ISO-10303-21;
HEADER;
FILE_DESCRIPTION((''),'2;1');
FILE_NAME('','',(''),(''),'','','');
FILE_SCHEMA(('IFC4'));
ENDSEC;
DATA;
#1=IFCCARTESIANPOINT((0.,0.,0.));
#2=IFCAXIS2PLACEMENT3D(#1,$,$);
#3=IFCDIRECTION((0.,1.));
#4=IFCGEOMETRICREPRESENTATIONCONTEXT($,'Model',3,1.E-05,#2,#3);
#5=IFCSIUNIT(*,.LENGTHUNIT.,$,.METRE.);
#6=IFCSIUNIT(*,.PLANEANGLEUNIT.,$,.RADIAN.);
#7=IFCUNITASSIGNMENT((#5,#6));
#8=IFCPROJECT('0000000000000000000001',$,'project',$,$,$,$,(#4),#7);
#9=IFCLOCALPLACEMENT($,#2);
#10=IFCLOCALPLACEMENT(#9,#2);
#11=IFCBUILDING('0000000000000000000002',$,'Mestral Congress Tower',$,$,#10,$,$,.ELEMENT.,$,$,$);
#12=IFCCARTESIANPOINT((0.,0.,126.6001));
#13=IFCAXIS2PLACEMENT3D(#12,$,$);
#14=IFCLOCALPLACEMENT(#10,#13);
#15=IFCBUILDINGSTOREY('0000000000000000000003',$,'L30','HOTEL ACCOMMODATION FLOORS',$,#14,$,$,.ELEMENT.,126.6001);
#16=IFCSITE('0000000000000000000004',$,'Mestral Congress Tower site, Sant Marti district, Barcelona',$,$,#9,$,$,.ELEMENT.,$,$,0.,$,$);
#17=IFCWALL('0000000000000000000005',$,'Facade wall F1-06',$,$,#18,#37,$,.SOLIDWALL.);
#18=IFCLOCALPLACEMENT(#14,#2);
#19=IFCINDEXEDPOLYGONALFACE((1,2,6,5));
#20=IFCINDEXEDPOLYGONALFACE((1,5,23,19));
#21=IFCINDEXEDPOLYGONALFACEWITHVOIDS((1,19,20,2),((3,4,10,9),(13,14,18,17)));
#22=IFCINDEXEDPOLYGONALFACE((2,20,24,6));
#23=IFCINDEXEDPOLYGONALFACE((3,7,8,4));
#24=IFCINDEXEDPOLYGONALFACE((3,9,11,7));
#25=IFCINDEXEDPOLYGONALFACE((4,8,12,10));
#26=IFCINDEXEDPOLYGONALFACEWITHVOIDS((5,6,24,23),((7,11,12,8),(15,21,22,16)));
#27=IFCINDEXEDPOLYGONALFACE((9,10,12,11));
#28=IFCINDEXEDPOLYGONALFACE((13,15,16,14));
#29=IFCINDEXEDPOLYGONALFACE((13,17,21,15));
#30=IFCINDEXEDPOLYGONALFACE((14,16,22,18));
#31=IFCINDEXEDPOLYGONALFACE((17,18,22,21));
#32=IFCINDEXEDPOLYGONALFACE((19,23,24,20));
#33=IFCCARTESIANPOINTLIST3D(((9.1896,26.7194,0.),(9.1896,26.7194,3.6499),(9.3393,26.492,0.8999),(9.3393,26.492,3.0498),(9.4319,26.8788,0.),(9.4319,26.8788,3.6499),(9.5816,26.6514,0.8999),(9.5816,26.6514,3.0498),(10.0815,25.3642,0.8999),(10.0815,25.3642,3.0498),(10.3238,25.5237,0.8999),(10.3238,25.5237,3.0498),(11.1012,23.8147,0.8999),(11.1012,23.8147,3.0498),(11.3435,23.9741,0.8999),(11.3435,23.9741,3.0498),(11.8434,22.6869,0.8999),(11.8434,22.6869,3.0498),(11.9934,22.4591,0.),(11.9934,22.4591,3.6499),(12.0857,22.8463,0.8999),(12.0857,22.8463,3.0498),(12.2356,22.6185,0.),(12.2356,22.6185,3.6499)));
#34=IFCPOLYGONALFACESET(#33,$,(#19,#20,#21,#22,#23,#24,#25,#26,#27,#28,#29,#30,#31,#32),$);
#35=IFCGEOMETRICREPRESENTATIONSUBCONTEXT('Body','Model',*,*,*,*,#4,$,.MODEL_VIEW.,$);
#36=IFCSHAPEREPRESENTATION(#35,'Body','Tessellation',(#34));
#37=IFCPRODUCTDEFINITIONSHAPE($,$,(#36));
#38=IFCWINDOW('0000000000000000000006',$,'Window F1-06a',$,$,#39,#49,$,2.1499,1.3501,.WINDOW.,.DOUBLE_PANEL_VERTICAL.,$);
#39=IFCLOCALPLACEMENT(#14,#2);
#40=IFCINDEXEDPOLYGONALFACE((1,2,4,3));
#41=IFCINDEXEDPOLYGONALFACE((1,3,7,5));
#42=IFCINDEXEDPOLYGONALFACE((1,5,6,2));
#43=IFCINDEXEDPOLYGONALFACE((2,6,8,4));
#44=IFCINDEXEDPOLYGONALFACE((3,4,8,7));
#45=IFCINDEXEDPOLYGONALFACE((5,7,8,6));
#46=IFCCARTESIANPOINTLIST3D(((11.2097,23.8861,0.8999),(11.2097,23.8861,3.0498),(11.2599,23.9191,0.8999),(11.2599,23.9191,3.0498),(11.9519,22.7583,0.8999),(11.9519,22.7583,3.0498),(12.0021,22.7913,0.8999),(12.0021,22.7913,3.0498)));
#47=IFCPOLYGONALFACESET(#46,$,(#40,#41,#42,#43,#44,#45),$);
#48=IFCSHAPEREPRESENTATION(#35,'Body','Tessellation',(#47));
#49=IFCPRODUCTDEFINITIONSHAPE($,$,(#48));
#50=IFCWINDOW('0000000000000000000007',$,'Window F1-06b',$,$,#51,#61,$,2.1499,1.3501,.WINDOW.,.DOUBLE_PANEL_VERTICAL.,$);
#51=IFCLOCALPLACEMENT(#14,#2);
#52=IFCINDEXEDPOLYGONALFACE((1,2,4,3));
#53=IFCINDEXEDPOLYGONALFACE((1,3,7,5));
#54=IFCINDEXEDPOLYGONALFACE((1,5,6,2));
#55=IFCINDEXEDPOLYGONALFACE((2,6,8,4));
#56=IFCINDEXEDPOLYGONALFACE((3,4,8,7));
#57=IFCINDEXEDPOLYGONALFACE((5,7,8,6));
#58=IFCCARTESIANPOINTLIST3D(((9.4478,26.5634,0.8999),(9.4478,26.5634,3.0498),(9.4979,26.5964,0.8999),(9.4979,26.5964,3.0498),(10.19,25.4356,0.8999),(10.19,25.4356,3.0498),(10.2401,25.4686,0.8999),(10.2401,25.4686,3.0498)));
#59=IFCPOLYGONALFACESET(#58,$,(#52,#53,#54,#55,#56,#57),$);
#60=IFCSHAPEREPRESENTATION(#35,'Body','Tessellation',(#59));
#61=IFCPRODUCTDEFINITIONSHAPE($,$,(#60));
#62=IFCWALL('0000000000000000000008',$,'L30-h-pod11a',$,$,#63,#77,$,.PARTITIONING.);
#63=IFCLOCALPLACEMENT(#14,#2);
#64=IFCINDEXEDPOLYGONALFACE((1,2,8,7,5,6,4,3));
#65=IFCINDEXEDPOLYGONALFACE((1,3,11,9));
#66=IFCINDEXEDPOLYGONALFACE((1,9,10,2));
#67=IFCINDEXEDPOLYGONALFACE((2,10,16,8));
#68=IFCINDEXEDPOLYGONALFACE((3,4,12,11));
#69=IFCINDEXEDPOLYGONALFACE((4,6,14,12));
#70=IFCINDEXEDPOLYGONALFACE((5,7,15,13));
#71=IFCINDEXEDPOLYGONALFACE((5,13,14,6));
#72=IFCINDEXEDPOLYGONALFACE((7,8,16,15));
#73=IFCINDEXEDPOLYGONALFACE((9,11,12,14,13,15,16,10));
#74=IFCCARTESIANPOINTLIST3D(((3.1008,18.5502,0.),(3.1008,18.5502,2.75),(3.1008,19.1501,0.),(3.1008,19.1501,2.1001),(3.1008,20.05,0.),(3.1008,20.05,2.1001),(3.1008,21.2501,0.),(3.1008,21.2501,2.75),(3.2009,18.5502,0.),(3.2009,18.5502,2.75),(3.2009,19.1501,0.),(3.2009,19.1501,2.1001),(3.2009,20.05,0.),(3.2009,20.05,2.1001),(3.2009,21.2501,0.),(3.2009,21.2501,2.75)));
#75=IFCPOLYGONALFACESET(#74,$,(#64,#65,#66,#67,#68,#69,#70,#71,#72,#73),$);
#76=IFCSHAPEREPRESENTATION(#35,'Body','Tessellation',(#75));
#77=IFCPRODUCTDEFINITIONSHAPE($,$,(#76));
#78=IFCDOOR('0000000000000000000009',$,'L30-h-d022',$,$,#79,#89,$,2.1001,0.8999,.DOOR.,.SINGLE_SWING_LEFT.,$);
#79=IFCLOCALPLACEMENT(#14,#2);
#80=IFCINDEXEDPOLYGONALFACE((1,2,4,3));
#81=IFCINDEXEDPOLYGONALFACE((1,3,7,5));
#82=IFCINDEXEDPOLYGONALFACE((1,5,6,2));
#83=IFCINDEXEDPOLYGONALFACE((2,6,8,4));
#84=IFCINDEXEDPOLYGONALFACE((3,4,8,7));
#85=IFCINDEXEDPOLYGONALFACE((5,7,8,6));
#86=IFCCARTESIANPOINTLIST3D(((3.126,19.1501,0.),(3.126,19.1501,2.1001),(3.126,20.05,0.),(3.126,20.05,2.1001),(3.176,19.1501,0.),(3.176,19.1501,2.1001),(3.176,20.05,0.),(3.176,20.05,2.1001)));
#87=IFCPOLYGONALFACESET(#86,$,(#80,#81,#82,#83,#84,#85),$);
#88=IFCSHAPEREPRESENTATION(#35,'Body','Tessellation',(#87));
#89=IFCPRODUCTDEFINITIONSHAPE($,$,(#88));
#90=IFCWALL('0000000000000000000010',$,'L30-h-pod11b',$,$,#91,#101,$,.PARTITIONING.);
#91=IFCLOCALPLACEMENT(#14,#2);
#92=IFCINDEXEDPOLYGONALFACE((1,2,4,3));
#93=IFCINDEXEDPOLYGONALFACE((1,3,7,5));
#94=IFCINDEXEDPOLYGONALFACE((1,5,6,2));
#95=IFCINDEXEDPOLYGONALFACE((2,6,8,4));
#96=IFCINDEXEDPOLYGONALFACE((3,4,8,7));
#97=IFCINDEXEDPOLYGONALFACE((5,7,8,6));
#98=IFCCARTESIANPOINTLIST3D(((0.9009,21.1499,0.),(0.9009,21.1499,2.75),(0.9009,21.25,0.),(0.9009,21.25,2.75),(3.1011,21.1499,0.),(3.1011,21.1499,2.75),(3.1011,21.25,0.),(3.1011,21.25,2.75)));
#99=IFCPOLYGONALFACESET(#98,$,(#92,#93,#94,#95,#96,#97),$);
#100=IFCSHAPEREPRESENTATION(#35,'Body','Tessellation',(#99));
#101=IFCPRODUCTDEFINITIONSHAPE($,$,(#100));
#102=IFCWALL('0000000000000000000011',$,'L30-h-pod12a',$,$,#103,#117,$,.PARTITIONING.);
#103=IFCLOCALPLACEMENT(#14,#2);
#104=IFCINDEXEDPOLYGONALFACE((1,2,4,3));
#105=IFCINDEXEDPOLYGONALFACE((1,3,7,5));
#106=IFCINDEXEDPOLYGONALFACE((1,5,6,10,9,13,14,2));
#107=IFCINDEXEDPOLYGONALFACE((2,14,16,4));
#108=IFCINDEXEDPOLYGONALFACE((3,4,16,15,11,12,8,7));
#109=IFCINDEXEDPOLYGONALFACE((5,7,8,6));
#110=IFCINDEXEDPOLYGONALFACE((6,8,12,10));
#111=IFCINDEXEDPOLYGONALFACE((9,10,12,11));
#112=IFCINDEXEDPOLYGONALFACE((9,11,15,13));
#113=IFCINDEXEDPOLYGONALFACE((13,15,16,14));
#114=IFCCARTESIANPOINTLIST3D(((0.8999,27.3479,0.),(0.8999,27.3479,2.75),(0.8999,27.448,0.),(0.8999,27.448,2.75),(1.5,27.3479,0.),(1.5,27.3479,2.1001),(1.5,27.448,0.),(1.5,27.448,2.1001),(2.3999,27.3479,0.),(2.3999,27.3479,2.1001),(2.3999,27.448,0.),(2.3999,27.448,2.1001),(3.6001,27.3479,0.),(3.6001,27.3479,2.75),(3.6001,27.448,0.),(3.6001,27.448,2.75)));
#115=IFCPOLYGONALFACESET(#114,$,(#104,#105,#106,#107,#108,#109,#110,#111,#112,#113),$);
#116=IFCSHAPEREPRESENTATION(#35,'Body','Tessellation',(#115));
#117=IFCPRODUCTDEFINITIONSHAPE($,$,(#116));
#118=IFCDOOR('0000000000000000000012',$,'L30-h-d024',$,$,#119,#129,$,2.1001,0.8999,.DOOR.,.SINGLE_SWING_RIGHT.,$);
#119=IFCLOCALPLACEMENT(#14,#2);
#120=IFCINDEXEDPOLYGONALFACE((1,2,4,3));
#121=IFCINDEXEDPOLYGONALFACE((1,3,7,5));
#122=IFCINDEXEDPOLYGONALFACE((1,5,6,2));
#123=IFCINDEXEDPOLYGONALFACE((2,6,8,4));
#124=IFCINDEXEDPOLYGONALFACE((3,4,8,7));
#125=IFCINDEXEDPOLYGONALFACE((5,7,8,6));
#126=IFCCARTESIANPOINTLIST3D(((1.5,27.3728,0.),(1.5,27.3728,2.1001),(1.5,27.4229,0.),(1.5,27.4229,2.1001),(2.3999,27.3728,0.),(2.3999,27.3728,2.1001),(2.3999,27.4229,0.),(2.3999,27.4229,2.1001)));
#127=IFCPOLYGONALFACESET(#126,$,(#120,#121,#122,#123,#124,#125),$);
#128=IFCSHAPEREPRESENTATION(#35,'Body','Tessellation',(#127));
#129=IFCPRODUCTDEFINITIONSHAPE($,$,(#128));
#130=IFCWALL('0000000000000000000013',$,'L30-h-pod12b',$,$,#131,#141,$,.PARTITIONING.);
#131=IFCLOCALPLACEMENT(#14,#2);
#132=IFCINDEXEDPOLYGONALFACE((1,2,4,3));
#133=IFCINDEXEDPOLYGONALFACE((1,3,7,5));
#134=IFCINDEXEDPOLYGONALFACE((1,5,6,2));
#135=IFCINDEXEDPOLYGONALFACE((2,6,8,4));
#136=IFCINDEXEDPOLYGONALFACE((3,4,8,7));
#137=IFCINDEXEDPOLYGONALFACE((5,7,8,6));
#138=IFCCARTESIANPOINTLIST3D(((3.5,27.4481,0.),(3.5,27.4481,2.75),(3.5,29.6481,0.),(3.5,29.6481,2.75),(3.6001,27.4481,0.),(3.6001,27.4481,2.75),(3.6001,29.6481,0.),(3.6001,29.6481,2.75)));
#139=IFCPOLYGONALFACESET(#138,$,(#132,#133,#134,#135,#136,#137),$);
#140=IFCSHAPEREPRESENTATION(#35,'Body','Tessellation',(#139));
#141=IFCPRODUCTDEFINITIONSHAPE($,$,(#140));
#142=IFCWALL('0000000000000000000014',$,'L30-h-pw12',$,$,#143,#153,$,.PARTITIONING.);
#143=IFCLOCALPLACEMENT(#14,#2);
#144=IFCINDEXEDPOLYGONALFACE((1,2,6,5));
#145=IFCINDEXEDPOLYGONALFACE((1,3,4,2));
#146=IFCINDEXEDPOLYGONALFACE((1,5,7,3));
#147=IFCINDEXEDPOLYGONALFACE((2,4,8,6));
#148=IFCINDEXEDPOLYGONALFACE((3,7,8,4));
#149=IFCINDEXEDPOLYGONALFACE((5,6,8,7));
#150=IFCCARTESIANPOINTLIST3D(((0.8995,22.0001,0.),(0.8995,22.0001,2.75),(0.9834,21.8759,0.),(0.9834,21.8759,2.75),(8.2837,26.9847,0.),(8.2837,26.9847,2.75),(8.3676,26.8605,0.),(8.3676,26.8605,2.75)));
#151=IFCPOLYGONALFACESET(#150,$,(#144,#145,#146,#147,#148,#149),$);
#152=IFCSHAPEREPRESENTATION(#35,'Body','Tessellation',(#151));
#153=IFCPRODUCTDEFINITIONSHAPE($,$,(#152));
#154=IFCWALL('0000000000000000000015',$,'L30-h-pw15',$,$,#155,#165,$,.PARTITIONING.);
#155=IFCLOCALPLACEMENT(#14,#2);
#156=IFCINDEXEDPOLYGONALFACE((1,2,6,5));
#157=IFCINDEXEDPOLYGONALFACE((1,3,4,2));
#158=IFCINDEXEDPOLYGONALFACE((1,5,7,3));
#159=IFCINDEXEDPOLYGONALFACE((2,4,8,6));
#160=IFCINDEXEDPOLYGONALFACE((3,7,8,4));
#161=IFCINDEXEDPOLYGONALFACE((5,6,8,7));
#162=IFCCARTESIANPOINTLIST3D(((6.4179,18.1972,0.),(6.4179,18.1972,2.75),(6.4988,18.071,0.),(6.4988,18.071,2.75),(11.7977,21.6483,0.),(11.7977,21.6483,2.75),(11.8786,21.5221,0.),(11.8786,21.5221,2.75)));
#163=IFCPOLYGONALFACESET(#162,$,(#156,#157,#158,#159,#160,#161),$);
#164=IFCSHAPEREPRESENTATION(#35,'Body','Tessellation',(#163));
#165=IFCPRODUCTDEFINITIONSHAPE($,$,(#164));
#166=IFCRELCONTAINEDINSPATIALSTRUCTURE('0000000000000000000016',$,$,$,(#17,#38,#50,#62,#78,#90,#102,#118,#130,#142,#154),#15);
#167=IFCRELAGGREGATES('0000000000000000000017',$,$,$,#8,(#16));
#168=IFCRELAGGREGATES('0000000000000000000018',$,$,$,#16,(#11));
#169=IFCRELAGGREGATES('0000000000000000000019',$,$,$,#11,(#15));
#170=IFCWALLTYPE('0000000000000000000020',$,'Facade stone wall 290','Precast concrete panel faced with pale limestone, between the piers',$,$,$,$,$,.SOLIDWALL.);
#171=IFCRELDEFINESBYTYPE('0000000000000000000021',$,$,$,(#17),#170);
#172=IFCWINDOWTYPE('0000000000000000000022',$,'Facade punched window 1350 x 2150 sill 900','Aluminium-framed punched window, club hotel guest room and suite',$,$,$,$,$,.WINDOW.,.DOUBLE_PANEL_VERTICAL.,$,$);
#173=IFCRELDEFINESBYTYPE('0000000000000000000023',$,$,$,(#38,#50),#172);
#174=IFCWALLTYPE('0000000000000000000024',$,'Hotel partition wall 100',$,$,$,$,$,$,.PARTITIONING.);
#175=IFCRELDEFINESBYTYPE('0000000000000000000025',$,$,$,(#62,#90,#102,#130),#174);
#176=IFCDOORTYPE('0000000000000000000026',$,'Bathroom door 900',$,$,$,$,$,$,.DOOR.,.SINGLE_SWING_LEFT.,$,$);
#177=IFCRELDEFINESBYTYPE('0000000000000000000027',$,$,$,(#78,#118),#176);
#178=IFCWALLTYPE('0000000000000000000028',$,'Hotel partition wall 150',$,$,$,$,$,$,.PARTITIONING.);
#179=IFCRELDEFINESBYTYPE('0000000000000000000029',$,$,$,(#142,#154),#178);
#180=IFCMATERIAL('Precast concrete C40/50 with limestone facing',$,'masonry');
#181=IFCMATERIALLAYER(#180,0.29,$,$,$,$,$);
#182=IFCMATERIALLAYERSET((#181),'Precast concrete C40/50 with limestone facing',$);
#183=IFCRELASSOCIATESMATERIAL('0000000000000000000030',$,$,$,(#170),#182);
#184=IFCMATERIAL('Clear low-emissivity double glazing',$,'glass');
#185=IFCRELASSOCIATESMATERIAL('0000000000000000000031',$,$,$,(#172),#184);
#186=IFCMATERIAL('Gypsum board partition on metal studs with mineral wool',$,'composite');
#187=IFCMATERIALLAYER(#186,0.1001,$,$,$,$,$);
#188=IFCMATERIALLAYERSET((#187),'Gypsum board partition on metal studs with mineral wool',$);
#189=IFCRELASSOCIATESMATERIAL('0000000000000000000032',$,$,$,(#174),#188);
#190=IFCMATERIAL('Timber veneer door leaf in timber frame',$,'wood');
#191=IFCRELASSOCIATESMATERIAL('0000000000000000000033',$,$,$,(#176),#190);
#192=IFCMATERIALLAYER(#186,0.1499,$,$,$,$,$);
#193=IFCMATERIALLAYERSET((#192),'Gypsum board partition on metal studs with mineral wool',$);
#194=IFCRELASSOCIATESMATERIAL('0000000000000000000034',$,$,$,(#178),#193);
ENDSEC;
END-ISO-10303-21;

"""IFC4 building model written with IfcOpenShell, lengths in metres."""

from ifc_helpers import new_model, si_unit, direction, frame, frame_2d, origin, place, context, subcontext, project, spatial, rectangle, extrude, material, layer, layer_set, type_object, element, fill, save


model = new_model("IFC4")

# Units and contexts
model_context = context("Model", 3, precision=1e-05, world=origin(), true_north=direction((0.0, 1.0)))
body_context = subcontext(model_context, "Body", "Model", "MODEL_VIEW")
ifc_project = project(units=[si_unit("LENGTHUNIT", "METRE"), si_unit("PLANEANGLEUNIT", "RADIAN")], contexts=[model_context])

# Site, building, storey
site_placement = place(None, origin())
site = spatial("IfcSite", under=ifc_project, at=site_placement, Name="Mestral Congress Tower site, Sant Marti district, Barcelona", CompositionType="ELEMENT", RefElevation=0.0)
building_placement = place(site_placement, origin())
building = spatial("IfcBuilding", under=site, at=building_placement, Name="Mestral Congress Tower", CompositionType="ELEMENT")
storey_placement = place(building_placement, frame((0.0, 0.0, 126.6001)))
storey = spatial("IfcBuildingStorey", under=building, at=storey_placement, Name="L30", Description="HOTEL ACCOMMODATION FLOORS", CompositionType="ELEMENT", Elevation=126.6001)

# Wall, openings, windows
ifc_material_1 = material(Name="Precast concrete C40/50 with limestone facing", Category="masonry")
ifc_layer_1 = layer(ifc_material_1, 0.29)
ifc_layer_set_1 = layer_set([ifc_layer_1], Name="Precast concrete C40/50 with limestone facing")
wall_type_1 = type_object("IfcWallType", Name="Facade stone wall 290", Description="Precast concrete panel faced with pale limestone, between the piers", PredefinedType="SOLIDWALL", material=ifc_layer_set_1)
wall_1_placement = place(storey_placement, frame((12.1145, 22.5388, 0.0), z_axis=(0.0, 0.0, 1.0), x_axis=(-0.549741, 0.835335, 0.0)))
wall_1 = element("IfcWall", 1, at=wall_1_placement, inside=storey, type_object=wall_type_1, Name="Facade wall F1-06", PredefinedType="SOLIDWALL", context=body_context, shape_type="SweptSolid", body=[
    extrude(rectangle(XDim=5.1001, YDim=0.29, at=frame_2d((2.55, 0.0))), origin(), (0.0, 0.0, 1.0), 3.6499),
])
opening_1_placement = place(wall_1_placement, frame((0.2727, 0.0, 0.8999)))
opening_1 = element("IfcOpeningElement", 2, at=opening_1_placement, cuts=wall_1, PredefinedType="OPENING", context=body_context, shape_type="SweptSolid", body=[
    extrude(rectangle(XDim=1.3501, YDim=2.1499, at=frame_2d((0.675, 1.075))), frame((0.0, 0.155, 0.0), z_axis=(0.0, -1.0, 0.0), x_axis=(1.0, 0.0, 0.0)), (0.0, 0.0, 1.0), 0.3101),
])
opening_2_placement = place(wall_1_placement, frame((3.4778, 0.0, 0.8999)))
opening_2 = element("IfcOpeningElement", 3, at=opening_2_placement, cuts=wall_1, PredefinedType="OPENING", context=body_context, shape_type="SweptSolid", body=[
    extrude(rectangle(XDim=1.3501, YDim=2.1499, at=frame_2d((0.675, 1.075))), frame((0.0, 0.155, 0.0), z_axis=(0.0, -1.0, 0.0), x_axis=(1.0, 0.0, 0.0)), (0.0, 0.0, 1.0), 0.3101),
])
ifc_material_2 = material(Name="Clear low-emissivity double glazing", Category="glass")
window_type = type_object("IfcWindowType", Name="Facade punched window 1350 x 2150 sill 900", Description="Aluminium-framed punched window, club hotel guest room and suite", PartitioningType="DOUBLE_PANEL_VERTICAL", PredefinedType="WINDOW", material=ifc_material_2)
window_1_placement = place(opening_1_placement, origin())
window_1 = element("IfcWindow", 4, at=window_1_placement, inside=storey, type_object=window_type, Name="Window F1-06a", OverallHeight=2.1499, OverallWidth=1.3501, PartitioningType="DOUBLE_PANEL_VERTICAL", PredefinedType="WINDOW", context=body_context, shape_type="SweptSolid", body=[
    extrude(rectangle(XDim=1.3501, YDim=2.1499, at=frame_2d((0.675, 1.075))), frame((0.0, 0.0151, 0.0), z_axis=(0.0, -1.0, 0.0), x_axis=(1.0, 0.0, 0.0)), (0.0, 0.0, 1.0), 0.0601),
])
fill(opening_1, window_1)
window_2_placement = place(opening_2_placement, origin())
window_2 = element("IfcWindow", 5, at=window_2_placement, inside=storey, type_object=window_type, Name="Window F1-06b", OverallHeight=2.1499, OverallWidth=1.3501, PartitioningType="DOUBLE_PANEL_VERTICAL", PredefinedType="WINDOW", context=body_context, shape_type="SweptSolid", body=[
    extrude(rectangle(XDim=1.3501, YDim=2.1499, at=frame_2d((0.675, 1.075))), frame((0.0, 0.0151, 0.0), z_axis=(0.0, -1.0, 0.0), x_axis=(1.0, 0.0, 0.0)), (0.0, 0.0, 1.0), 0.0601),
])
fill(opening_2, window_2)

# Wall, opening, door
ifc_material_3 = material(Name="Gypsum board partition on metal studs with mineral wool", Category="composite")
ifc_layer_2 = layer(ifc_material_3, 0.1001)
ifc_layer_set_2 = layer_set([ifc_layer_2], Name="Gypsum board partition on metal studs with mineral wool")
wall_type_2 = type_object("IfcWallType", Name="Hotel partition wall 100", PredefinedType="PARTITIONING", material=ifc_layer_set_2)
wall_2_placement = place(storey_placement, frame((3.1509, 18.55, 0.0), z_axis=(0.0, 0.0, 1.0), x_axis=(0.0, 1.0, 0.0)))
wall_2 = element("IfcWall", 6, at=wall_2_placement, inside=storey, type_object=wall_type_2, Name="L30-h-pod11a", PredefinedType="PARTITIONING", context=body_context, shape_type="SweptSolid", body=[
    extrude(rectangle(XDim=2.7, YDim=0.1001, at=frame_2d((1.3501, 0.0))), origin(), (0.0, 0.0, 1.0), 2.75),
])
opening_3_placement = place(wall_2_placement, frame((0.6001, 0.0, 0.0)))
opening_3 = element("IfcOpeningElement", 7, at=opening_3_placement, cuts=wall_2, PredefinedType="OPENING", context=body_context, shape_type="SweptSolid", body=[
    extrude(rectangle(XDim=0.8999, YDim=2.1001, at=frame_2d((0.45, 1.05))), frame((0.0, 0.0601, 0.0), z_axis=(0.0, -1.0, 0.0), x_axis=(1.0, 0.0, 0.0)), (0.0, 0.0, 1.0), 0.1201),
])
ifc_material_4 = material(Name="Timber veneer door leaf in timber frame", Category="wood")
door_type = type_object("IfcDoorType", Name="Bathroom door 900", OperationType="SINGLE_SWING_LEFT", PredefinedType="DOOR", material=ifc_material_4)
door_1_placement = place(opening_3_placement, origin())
door_1 = element("IfcDoor", 8, at=door_1_placement, inside=storey, type_object=door_type, Name="L30-h-d022", OperationType="SINGLE_SWING_LEFT", OverallHeight=2.1001, OverallWidth=0.8999, PredefinedType="DOOR", context=body_context, shape_type="SweptSolid", body=[
    extrude(rectangle(XDim=0.8999, YDim=2.1001, at=frame_2d((0.45, 1.05))), frame((0.0, 0.0249, 0.0), z_axis=(0.0, -1.0, 0.0), x_axis=(1.0, 0.0, 0.0)), (0.0, 0.0, 1.0), 0.05),
])
fill(opening_3, door_1)

# Wall
wall_3_placement = place(storey_placement, frame((3.1011, 21.2, 0.0), z_axis=(0.0, 0.0, 1.0), x_axis=(-1.0, 0.0, 0.0)))
element("IfcWall", 9, at=wall_3_placement, inside=storey, type_object=wall_type_2, Name="L30-h-pod11b", PredefinedType="PARTITIONING", context=body_context, shape_type="SweptSolid", body=[
    extrude(rectangle(XDim=2.2002, YDim=0.1001, at=frame_2d((1.1001, 0.0))), origin(), (0.0, 0.0, 1.0), 2.75),
])

# Wall, opening, door
wall_4_placement = place(storey_placement, frame((0.8999, 27.3979, 0.0), z_axis=(0.0, 0.0, 1.0), x_axis=(1.0, 0.0, 0.0)))
wall_4 = element("IfcWall", 10, at=wall_4_placement, inside=storey, type_object=wall_type_2, Name="L30-h-pod12a", PredefinedType="PARTITIONING", context=body_context, shape_type="SweptSolid", body=[
    extrude(rectangle(XDim=2.7002, YDim=0.1001, at=frame_2d((1.3501, 0.0))), origin(), (0.0, 0.0, 1.0), 2.75),
])
opening_4_placement = place(wall_4_placement, frame((0.6001, 0.0, 0.0)))
opening_4 = element("IfcOpeningElement", 11, at=opening_4_placement, cuts=wall_4, PredefinedType="OPENING", context=body_context, shape_type="SweptSolid", body=[
    extrude(rectangle(XDim=0.8999, YDim=2.1001, at=frame_2d((0.45, 1.05))), frame((0.0, 0.0601, 0.0), z_axis=(0.0, -1.0, 0.0), x_axis=(1.0, 0.0, 0.0)), (0.0, 0.0, 1.0), 0.1201),
])
door_2_placement = place(opening_4_placement, origin())
door_2 = element("IfcDoor", 12, at=door_2_placement, inside=storey, type_object=door_type, Name="L30-h-d024", OperationType="SINGLE_SWING_RIGHT", OverallHeight=2.1001, OverallWidth=0.8999, PredefinedType="DOOR", context=body_context, shape_type="SweptSolid", body=[
    extrude(rectangle(XDim=0.8999, YDim=2.1001, at=frame_2d((0.45, 1.05))), frame((0.0, 0.0249, 0.0), z_axis=(0.0, -1.0, 0.0), x_axis=(1.0, 0.0, 0.0)), (0.0, 0.0, 1.0), 0.05),
])
fill(opening_4, door_2)

# Walls
wall_5_placement = place(storey_placement, frame((3.55, 27.448, 0.0), z_axis=(0.0, 0.0, 1.0), x_axis=(0.0, 1.0, 0.0)))
element("IfcWall", 13, at=wall_5_placement, inside=storey, type_object=wall_type_2, Name="L30-h-pod12b", PredefinedType="PARTITIONING", context=body_context, shape_type="SweptSolid", body=[
    extrude(rectangle(XDim=2.2, YDim=0.1001, at=frame_2d((1.1001, 0.0))), origin(), (0.0, 0.0, 1.0), 2.75),
])
ifc_layer_3 = layer(ifc_material_3, 0.1499)
ifc_layer_set_3 = layer_set([ifc_layer_3], Name="Gypsum board partition on metal studs with mineral wool")
wall_type_3 = type_object("IfcWallType", Name="Hotel partition wall 150", PredefinedType="PARTITIONING", material=ifc_layer_set_3)
wall_6_placement = place(storey_placement, frame((8.3257, 26.9226, 0.0), z_axis=(0.0, 0.0, 1.0), x_axis=(-0.828837, -0.559491, 0.0)))
element("IfcWall", 14, at=wall_6_placement, inside=storey, type_object=wall_type_3, Name="L30-h-pw12", PredefinedType="PARTITIONING", context=body_context, shape_type="SweptSolid", body=[
    extrude(rectangle(XDim=8.9092, YDim=0.1499, at=frame_2d((4.4546, 0.0))), origin(), (0.0, 0.0, 1.0), 2.75),
])
wall_7_placement = place(storey_placement, frame((11.8381, 21.5852, 0.0), z_axis=(0.0, 0.0, 1.0), x_axis=(-0.841699, -0.539947, 0.0)))
element("IfcWall", 15, at=wall_7_placement, inside=storey, type_object=wall_type_3, Name="L30-h-pw15", PredefinedType="PARTITIONING", context=body_context, shape_type="SweptSolid", body=[
    extrude(rectangle(XDim=6.3916, YDim=0.1499, at=frame_2d((3.1958, 0.0))), origin(), (0.0, 0.0, 1.0), 2.75),
])

save(model, "model.ifc")
